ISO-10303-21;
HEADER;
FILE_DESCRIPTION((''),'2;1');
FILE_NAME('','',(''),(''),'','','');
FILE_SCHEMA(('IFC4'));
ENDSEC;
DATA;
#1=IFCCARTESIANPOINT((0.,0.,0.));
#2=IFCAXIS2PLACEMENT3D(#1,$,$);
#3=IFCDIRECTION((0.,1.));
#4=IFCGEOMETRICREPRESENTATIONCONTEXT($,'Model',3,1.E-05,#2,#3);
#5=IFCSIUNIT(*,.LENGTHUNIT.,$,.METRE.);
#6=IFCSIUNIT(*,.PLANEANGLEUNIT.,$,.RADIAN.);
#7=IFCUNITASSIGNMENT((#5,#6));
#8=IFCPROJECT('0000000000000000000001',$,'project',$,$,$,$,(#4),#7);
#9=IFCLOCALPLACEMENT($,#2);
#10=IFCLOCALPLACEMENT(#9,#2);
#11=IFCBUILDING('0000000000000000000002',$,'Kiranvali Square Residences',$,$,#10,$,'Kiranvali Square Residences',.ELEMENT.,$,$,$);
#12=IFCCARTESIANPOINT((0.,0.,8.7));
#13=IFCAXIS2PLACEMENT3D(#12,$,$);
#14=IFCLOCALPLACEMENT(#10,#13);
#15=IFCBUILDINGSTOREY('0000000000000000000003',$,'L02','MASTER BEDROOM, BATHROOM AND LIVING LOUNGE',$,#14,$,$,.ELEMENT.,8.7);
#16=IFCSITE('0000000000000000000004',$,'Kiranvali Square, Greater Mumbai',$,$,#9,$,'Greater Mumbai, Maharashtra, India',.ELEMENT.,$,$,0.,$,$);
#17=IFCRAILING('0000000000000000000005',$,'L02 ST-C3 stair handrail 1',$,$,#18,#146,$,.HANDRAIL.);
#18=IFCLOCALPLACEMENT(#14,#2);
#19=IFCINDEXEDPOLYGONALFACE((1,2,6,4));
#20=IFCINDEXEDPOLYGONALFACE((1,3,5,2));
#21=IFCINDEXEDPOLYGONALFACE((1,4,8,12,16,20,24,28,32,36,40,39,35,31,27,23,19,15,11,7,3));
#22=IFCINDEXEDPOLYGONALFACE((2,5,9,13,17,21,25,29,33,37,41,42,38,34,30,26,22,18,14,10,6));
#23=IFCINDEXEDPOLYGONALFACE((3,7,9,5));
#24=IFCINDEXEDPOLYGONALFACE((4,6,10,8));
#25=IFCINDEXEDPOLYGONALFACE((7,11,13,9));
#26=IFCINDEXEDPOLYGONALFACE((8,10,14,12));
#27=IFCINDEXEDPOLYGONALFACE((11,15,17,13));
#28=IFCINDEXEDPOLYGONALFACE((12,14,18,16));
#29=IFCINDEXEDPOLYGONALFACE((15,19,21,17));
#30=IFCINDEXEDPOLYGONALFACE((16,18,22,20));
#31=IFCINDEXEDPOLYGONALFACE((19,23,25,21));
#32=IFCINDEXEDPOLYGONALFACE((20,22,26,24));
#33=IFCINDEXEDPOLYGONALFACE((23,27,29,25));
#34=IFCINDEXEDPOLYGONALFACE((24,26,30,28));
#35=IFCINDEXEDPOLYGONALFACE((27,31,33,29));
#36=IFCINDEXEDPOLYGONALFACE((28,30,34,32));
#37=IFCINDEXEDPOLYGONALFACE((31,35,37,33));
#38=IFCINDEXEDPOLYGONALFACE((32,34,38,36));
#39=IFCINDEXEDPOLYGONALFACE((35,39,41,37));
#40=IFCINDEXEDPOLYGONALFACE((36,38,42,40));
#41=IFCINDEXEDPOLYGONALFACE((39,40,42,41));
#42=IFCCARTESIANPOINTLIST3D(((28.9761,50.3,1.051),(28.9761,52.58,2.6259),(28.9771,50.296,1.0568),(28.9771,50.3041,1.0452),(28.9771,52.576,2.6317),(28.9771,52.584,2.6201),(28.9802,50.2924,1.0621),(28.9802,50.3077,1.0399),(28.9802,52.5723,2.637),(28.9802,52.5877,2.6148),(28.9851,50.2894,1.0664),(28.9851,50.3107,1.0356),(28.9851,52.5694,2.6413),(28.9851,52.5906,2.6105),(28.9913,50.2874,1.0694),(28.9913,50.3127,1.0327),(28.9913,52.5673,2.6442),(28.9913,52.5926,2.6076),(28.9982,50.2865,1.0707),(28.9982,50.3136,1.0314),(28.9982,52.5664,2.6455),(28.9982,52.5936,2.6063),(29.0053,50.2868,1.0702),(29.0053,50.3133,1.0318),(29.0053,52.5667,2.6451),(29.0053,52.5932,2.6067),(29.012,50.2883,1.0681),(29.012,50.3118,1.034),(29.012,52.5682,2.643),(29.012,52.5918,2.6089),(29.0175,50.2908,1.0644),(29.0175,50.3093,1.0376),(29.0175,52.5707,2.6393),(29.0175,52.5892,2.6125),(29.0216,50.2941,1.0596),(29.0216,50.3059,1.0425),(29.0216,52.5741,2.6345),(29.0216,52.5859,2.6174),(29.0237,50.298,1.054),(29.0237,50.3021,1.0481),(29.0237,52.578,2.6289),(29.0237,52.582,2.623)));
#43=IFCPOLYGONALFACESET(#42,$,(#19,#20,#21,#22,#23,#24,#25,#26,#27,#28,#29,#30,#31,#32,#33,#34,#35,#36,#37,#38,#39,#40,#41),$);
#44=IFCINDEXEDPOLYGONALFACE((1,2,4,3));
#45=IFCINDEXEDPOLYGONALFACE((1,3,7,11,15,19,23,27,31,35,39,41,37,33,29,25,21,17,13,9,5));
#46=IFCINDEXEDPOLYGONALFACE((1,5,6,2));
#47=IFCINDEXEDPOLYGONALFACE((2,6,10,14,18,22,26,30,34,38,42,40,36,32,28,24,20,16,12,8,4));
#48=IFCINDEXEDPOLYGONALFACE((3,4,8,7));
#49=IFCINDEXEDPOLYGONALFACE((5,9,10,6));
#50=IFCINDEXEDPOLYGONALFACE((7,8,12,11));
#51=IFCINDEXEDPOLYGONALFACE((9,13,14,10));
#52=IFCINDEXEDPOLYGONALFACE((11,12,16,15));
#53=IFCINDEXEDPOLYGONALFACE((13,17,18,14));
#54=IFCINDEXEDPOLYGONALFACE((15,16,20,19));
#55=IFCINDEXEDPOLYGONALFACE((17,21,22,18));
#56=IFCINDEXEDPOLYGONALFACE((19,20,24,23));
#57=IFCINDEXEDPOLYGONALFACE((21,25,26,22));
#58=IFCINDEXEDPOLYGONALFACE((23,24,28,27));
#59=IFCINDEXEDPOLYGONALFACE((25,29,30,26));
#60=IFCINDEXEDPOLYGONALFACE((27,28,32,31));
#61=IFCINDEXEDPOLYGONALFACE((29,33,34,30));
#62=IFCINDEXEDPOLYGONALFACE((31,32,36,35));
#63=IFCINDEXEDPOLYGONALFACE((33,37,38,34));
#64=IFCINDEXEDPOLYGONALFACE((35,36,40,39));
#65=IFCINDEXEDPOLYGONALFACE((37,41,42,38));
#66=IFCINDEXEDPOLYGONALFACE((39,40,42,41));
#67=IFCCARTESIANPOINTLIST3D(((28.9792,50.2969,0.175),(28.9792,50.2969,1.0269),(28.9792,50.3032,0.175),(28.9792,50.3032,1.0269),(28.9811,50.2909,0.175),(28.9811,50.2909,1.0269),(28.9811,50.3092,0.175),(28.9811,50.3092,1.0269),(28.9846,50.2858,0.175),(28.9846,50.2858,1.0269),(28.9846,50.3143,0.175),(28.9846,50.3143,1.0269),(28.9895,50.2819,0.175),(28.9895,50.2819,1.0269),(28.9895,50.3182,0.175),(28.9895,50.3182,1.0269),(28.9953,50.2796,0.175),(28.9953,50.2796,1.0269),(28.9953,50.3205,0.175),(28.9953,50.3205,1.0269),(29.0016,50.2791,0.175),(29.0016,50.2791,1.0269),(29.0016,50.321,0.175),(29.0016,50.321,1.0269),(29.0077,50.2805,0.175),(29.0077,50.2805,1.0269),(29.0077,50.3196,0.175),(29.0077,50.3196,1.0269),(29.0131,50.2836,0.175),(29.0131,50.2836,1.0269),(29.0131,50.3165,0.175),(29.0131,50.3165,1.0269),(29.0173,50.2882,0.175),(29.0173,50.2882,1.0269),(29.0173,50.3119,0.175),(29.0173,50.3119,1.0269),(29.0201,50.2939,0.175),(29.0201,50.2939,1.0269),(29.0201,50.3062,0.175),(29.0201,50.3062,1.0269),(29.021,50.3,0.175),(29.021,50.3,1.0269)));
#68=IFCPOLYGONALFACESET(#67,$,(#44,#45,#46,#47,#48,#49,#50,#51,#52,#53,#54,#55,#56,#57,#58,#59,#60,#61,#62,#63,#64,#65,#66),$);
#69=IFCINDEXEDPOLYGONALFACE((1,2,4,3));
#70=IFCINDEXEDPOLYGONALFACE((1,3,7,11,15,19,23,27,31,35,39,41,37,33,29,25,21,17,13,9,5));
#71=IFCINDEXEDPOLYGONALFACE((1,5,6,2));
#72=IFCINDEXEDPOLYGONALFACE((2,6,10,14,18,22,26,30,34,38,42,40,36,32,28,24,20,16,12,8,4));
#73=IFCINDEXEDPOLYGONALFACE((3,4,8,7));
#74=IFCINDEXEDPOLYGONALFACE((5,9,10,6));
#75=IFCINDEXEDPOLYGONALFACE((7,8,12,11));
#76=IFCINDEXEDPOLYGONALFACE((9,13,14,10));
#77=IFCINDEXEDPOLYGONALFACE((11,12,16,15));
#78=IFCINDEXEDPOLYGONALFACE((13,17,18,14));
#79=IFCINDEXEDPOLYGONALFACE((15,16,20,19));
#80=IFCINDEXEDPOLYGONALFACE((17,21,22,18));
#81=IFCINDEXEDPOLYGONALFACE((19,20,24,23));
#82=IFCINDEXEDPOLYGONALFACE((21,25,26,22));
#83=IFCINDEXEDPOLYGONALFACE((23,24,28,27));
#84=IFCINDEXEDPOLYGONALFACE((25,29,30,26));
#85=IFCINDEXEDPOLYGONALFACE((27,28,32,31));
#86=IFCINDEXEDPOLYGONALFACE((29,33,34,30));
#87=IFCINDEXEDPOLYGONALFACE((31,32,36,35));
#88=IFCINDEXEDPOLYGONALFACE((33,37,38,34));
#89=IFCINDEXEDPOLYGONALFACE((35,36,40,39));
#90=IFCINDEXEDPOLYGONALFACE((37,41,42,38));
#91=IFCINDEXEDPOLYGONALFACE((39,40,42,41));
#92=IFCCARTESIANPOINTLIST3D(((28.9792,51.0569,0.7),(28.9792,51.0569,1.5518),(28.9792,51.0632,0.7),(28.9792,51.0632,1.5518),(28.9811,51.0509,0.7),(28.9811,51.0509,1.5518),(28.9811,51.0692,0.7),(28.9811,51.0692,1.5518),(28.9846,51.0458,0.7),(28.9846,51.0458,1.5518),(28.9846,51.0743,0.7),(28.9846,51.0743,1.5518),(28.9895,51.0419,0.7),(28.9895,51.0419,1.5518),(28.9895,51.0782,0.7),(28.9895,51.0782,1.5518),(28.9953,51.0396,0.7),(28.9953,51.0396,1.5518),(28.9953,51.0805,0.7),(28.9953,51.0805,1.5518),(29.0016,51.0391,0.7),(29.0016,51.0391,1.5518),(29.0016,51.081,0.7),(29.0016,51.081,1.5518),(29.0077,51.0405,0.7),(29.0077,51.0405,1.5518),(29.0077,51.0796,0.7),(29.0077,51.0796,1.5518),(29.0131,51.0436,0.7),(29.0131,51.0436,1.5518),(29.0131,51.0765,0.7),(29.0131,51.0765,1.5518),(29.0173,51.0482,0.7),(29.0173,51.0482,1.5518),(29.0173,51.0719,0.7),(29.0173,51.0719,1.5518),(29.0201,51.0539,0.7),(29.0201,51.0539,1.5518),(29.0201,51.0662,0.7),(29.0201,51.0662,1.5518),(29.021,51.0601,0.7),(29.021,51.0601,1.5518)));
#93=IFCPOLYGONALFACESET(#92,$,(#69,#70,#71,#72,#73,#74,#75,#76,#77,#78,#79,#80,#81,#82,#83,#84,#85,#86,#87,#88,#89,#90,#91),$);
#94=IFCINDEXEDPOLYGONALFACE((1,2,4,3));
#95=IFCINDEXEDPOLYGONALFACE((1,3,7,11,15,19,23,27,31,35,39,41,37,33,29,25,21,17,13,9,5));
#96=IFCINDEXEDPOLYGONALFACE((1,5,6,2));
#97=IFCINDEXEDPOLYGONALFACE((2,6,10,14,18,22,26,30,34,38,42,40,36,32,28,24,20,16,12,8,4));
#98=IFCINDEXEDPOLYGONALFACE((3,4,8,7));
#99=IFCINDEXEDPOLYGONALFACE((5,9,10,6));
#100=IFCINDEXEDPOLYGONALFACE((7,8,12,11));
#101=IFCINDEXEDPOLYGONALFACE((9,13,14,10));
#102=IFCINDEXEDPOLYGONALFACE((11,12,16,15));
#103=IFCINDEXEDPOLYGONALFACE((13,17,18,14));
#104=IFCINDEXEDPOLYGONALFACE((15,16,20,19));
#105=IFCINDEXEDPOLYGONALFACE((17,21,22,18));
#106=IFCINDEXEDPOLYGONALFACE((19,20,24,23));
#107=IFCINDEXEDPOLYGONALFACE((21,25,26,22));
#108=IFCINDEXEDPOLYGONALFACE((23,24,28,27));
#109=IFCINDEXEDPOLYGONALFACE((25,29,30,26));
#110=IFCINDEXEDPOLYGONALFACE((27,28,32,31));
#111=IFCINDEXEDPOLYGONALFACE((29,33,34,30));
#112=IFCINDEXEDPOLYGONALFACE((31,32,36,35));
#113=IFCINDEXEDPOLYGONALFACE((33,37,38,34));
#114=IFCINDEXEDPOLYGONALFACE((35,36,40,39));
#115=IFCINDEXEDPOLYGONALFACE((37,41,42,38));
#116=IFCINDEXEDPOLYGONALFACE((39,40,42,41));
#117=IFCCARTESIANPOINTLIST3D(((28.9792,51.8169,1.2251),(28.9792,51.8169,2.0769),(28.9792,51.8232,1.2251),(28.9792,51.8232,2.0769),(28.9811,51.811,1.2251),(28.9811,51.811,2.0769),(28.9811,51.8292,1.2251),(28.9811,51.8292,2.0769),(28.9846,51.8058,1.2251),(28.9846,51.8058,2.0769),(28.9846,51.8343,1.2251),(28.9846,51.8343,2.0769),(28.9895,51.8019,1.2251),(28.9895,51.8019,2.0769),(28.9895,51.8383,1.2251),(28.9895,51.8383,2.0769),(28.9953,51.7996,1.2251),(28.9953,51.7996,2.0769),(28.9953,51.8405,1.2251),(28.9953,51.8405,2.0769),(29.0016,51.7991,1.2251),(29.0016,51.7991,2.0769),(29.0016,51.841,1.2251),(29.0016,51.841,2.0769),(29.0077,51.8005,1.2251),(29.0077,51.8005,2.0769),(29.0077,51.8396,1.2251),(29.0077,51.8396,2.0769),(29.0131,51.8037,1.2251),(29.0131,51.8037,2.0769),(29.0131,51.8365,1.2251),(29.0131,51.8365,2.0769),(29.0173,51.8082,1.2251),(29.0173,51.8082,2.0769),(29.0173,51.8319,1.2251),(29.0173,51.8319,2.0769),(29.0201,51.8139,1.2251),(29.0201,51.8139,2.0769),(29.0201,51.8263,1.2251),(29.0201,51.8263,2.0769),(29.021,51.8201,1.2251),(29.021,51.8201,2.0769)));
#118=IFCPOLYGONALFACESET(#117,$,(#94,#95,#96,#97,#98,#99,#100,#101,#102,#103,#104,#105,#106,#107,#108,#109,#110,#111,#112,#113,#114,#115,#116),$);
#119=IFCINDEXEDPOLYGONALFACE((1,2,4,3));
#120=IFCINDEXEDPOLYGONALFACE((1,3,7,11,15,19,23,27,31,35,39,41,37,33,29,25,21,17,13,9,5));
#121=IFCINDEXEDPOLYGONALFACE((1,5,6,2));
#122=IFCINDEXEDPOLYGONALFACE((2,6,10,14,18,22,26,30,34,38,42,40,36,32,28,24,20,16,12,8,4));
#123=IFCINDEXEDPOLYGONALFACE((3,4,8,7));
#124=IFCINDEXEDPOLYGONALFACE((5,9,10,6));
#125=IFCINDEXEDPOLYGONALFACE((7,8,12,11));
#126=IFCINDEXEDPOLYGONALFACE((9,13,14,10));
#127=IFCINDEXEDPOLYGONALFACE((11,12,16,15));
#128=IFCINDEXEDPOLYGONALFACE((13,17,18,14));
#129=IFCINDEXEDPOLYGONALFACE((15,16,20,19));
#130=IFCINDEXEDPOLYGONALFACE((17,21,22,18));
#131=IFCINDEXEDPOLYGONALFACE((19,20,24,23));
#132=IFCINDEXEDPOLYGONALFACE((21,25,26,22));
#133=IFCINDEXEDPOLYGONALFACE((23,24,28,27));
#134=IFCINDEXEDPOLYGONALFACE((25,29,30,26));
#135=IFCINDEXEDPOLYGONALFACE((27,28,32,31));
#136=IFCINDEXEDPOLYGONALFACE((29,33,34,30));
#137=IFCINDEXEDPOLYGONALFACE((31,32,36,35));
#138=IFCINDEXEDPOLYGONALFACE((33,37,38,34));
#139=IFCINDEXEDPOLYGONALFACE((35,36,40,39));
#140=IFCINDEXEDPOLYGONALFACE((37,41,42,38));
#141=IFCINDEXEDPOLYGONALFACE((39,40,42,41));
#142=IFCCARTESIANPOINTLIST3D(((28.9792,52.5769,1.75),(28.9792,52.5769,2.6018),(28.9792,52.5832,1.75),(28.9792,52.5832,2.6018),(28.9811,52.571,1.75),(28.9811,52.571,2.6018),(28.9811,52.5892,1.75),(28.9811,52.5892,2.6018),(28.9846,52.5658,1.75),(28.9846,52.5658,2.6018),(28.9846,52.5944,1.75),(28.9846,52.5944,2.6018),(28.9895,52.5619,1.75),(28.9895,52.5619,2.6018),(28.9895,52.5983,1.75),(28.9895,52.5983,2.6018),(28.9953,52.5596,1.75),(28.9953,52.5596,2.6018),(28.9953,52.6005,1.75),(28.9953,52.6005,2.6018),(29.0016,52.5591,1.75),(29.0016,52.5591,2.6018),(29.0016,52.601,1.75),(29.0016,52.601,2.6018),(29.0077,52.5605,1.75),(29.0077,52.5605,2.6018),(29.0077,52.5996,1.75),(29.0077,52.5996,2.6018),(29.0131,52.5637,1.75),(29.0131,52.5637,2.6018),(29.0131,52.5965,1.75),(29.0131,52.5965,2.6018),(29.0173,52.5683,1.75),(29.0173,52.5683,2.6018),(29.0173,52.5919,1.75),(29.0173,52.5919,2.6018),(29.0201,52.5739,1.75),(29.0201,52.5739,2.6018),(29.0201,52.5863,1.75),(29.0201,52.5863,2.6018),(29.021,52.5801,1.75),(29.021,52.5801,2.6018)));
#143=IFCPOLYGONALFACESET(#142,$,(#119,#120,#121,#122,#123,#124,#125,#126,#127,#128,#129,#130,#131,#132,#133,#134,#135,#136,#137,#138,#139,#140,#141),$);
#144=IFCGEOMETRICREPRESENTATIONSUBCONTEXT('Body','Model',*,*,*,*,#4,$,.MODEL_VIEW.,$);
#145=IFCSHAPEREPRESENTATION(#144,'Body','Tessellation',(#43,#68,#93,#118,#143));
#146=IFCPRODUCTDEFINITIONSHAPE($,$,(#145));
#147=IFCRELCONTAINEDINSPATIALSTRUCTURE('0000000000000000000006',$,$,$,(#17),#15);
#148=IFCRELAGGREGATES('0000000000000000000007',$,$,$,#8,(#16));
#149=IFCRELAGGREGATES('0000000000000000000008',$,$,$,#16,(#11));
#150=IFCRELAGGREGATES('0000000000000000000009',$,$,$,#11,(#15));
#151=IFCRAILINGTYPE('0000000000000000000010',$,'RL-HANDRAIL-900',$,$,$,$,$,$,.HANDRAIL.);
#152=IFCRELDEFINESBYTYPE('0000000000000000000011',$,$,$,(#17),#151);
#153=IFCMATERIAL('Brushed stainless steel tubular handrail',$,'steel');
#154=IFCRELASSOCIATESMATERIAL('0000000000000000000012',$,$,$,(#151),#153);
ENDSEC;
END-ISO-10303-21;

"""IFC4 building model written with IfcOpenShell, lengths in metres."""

from ifc_helpers import new_model, si_unit, direction, frame, origin, origin_2d, place, context, subcontext, project, spatial, circle, extrude, material, type_object, element, save


model = new_model("IFC4")

# Units and contexts
model_context = context("Model", 3, precision=1e-05, world=origin(), true_north=direction((0.0, 1.0)))
body_context = subcontext(model_context, "Body", "Model", "MODEL_VIEW")
ifc_project = project(units=[si_unit("LENGTHUNIT", "METRE"), si_unit("PLANEANGLEUNIT", "RADIAN")], contexts=[model_context])

# Site, building, storey
site_placement = place(None, origin())
site = spatial("IfcSite", under=ifc_project, at=site_placement, Name="Kiranvali Square, Greater Mumbai", LongName="Greater Mumbai, Maharashtra, India", CompositionType="ELEMENT", RefElevation=0.0)
building_placement = place(site_placement, origin())
building = spatial("IfcBuilding", under=site, at=building_placement, Name="Kiranvali Square Residences", LongName="Kiranvali Square Residences", CompositionType="ELEMENT")
storey_placement = place(building_placement, frame((0.0, 0.0, 8.7)))
storey = spatial("IfcBuildingStorey", under=building, at=storey_placement, Name="L02", Description="MASTER BEDROOM, BATHROOM AND LIVING LOUNGE", CompositionType="ELEMENT", Elevation=8.7)

# Railing
ifc_material_1 = material(Name="Brushed stainless steel tubular handrail", Category="steel")
railing_type_1 = type_object("IfcRailingType", Name="RL-HANDRAIL-900", PredefinedType="HANDRAIL", material=ifc_material_1)
railing_1_placement = place(storey_placement, frame((29.0, 50.3, 0.175)))
element("IfcRailing", 1, at=railing_1_placement, inside=storey, type_object=railing_type_1, Name="L02 ST-C3 stair handrail 1", PredefinedType="HANDRAIL", context=body_context, shape_type="SweptSolid", body=[
    extrude(circle(Radius=0.0239, at=origin_2d()), frame((0.0, 0.0, 0.876), z_axis=(0.0, 0.822788, 0.568348), x_axis=(-1.0, 0.0, 0.0)), (0.0, 0.0, 1.0), 2.771),
    extrude(circle(Radius=0.021, at=origin_2d()), origin(), (0.0, 0.0, 1.0), 0.8518),
    extrude(circle(Radius=0.021, at=origin_2d()), frame((0.0, 0.76, 0.5249)), (0.0, 0.0, 1.0), 0.8518),
    extrude(circle(Radius=0.021, at=origin_2d()), frame((0.0, 1.52, 1.05)), (0.0, 0.0, 1.0), 0.8518),
    extrude(circle(Radius=0.021, at=origin_2d()), frame((0.0, 2.28, 1.575)), (0.0, 0.0, 1.0), 0.8518),
])

save(model, "model.ifc")
